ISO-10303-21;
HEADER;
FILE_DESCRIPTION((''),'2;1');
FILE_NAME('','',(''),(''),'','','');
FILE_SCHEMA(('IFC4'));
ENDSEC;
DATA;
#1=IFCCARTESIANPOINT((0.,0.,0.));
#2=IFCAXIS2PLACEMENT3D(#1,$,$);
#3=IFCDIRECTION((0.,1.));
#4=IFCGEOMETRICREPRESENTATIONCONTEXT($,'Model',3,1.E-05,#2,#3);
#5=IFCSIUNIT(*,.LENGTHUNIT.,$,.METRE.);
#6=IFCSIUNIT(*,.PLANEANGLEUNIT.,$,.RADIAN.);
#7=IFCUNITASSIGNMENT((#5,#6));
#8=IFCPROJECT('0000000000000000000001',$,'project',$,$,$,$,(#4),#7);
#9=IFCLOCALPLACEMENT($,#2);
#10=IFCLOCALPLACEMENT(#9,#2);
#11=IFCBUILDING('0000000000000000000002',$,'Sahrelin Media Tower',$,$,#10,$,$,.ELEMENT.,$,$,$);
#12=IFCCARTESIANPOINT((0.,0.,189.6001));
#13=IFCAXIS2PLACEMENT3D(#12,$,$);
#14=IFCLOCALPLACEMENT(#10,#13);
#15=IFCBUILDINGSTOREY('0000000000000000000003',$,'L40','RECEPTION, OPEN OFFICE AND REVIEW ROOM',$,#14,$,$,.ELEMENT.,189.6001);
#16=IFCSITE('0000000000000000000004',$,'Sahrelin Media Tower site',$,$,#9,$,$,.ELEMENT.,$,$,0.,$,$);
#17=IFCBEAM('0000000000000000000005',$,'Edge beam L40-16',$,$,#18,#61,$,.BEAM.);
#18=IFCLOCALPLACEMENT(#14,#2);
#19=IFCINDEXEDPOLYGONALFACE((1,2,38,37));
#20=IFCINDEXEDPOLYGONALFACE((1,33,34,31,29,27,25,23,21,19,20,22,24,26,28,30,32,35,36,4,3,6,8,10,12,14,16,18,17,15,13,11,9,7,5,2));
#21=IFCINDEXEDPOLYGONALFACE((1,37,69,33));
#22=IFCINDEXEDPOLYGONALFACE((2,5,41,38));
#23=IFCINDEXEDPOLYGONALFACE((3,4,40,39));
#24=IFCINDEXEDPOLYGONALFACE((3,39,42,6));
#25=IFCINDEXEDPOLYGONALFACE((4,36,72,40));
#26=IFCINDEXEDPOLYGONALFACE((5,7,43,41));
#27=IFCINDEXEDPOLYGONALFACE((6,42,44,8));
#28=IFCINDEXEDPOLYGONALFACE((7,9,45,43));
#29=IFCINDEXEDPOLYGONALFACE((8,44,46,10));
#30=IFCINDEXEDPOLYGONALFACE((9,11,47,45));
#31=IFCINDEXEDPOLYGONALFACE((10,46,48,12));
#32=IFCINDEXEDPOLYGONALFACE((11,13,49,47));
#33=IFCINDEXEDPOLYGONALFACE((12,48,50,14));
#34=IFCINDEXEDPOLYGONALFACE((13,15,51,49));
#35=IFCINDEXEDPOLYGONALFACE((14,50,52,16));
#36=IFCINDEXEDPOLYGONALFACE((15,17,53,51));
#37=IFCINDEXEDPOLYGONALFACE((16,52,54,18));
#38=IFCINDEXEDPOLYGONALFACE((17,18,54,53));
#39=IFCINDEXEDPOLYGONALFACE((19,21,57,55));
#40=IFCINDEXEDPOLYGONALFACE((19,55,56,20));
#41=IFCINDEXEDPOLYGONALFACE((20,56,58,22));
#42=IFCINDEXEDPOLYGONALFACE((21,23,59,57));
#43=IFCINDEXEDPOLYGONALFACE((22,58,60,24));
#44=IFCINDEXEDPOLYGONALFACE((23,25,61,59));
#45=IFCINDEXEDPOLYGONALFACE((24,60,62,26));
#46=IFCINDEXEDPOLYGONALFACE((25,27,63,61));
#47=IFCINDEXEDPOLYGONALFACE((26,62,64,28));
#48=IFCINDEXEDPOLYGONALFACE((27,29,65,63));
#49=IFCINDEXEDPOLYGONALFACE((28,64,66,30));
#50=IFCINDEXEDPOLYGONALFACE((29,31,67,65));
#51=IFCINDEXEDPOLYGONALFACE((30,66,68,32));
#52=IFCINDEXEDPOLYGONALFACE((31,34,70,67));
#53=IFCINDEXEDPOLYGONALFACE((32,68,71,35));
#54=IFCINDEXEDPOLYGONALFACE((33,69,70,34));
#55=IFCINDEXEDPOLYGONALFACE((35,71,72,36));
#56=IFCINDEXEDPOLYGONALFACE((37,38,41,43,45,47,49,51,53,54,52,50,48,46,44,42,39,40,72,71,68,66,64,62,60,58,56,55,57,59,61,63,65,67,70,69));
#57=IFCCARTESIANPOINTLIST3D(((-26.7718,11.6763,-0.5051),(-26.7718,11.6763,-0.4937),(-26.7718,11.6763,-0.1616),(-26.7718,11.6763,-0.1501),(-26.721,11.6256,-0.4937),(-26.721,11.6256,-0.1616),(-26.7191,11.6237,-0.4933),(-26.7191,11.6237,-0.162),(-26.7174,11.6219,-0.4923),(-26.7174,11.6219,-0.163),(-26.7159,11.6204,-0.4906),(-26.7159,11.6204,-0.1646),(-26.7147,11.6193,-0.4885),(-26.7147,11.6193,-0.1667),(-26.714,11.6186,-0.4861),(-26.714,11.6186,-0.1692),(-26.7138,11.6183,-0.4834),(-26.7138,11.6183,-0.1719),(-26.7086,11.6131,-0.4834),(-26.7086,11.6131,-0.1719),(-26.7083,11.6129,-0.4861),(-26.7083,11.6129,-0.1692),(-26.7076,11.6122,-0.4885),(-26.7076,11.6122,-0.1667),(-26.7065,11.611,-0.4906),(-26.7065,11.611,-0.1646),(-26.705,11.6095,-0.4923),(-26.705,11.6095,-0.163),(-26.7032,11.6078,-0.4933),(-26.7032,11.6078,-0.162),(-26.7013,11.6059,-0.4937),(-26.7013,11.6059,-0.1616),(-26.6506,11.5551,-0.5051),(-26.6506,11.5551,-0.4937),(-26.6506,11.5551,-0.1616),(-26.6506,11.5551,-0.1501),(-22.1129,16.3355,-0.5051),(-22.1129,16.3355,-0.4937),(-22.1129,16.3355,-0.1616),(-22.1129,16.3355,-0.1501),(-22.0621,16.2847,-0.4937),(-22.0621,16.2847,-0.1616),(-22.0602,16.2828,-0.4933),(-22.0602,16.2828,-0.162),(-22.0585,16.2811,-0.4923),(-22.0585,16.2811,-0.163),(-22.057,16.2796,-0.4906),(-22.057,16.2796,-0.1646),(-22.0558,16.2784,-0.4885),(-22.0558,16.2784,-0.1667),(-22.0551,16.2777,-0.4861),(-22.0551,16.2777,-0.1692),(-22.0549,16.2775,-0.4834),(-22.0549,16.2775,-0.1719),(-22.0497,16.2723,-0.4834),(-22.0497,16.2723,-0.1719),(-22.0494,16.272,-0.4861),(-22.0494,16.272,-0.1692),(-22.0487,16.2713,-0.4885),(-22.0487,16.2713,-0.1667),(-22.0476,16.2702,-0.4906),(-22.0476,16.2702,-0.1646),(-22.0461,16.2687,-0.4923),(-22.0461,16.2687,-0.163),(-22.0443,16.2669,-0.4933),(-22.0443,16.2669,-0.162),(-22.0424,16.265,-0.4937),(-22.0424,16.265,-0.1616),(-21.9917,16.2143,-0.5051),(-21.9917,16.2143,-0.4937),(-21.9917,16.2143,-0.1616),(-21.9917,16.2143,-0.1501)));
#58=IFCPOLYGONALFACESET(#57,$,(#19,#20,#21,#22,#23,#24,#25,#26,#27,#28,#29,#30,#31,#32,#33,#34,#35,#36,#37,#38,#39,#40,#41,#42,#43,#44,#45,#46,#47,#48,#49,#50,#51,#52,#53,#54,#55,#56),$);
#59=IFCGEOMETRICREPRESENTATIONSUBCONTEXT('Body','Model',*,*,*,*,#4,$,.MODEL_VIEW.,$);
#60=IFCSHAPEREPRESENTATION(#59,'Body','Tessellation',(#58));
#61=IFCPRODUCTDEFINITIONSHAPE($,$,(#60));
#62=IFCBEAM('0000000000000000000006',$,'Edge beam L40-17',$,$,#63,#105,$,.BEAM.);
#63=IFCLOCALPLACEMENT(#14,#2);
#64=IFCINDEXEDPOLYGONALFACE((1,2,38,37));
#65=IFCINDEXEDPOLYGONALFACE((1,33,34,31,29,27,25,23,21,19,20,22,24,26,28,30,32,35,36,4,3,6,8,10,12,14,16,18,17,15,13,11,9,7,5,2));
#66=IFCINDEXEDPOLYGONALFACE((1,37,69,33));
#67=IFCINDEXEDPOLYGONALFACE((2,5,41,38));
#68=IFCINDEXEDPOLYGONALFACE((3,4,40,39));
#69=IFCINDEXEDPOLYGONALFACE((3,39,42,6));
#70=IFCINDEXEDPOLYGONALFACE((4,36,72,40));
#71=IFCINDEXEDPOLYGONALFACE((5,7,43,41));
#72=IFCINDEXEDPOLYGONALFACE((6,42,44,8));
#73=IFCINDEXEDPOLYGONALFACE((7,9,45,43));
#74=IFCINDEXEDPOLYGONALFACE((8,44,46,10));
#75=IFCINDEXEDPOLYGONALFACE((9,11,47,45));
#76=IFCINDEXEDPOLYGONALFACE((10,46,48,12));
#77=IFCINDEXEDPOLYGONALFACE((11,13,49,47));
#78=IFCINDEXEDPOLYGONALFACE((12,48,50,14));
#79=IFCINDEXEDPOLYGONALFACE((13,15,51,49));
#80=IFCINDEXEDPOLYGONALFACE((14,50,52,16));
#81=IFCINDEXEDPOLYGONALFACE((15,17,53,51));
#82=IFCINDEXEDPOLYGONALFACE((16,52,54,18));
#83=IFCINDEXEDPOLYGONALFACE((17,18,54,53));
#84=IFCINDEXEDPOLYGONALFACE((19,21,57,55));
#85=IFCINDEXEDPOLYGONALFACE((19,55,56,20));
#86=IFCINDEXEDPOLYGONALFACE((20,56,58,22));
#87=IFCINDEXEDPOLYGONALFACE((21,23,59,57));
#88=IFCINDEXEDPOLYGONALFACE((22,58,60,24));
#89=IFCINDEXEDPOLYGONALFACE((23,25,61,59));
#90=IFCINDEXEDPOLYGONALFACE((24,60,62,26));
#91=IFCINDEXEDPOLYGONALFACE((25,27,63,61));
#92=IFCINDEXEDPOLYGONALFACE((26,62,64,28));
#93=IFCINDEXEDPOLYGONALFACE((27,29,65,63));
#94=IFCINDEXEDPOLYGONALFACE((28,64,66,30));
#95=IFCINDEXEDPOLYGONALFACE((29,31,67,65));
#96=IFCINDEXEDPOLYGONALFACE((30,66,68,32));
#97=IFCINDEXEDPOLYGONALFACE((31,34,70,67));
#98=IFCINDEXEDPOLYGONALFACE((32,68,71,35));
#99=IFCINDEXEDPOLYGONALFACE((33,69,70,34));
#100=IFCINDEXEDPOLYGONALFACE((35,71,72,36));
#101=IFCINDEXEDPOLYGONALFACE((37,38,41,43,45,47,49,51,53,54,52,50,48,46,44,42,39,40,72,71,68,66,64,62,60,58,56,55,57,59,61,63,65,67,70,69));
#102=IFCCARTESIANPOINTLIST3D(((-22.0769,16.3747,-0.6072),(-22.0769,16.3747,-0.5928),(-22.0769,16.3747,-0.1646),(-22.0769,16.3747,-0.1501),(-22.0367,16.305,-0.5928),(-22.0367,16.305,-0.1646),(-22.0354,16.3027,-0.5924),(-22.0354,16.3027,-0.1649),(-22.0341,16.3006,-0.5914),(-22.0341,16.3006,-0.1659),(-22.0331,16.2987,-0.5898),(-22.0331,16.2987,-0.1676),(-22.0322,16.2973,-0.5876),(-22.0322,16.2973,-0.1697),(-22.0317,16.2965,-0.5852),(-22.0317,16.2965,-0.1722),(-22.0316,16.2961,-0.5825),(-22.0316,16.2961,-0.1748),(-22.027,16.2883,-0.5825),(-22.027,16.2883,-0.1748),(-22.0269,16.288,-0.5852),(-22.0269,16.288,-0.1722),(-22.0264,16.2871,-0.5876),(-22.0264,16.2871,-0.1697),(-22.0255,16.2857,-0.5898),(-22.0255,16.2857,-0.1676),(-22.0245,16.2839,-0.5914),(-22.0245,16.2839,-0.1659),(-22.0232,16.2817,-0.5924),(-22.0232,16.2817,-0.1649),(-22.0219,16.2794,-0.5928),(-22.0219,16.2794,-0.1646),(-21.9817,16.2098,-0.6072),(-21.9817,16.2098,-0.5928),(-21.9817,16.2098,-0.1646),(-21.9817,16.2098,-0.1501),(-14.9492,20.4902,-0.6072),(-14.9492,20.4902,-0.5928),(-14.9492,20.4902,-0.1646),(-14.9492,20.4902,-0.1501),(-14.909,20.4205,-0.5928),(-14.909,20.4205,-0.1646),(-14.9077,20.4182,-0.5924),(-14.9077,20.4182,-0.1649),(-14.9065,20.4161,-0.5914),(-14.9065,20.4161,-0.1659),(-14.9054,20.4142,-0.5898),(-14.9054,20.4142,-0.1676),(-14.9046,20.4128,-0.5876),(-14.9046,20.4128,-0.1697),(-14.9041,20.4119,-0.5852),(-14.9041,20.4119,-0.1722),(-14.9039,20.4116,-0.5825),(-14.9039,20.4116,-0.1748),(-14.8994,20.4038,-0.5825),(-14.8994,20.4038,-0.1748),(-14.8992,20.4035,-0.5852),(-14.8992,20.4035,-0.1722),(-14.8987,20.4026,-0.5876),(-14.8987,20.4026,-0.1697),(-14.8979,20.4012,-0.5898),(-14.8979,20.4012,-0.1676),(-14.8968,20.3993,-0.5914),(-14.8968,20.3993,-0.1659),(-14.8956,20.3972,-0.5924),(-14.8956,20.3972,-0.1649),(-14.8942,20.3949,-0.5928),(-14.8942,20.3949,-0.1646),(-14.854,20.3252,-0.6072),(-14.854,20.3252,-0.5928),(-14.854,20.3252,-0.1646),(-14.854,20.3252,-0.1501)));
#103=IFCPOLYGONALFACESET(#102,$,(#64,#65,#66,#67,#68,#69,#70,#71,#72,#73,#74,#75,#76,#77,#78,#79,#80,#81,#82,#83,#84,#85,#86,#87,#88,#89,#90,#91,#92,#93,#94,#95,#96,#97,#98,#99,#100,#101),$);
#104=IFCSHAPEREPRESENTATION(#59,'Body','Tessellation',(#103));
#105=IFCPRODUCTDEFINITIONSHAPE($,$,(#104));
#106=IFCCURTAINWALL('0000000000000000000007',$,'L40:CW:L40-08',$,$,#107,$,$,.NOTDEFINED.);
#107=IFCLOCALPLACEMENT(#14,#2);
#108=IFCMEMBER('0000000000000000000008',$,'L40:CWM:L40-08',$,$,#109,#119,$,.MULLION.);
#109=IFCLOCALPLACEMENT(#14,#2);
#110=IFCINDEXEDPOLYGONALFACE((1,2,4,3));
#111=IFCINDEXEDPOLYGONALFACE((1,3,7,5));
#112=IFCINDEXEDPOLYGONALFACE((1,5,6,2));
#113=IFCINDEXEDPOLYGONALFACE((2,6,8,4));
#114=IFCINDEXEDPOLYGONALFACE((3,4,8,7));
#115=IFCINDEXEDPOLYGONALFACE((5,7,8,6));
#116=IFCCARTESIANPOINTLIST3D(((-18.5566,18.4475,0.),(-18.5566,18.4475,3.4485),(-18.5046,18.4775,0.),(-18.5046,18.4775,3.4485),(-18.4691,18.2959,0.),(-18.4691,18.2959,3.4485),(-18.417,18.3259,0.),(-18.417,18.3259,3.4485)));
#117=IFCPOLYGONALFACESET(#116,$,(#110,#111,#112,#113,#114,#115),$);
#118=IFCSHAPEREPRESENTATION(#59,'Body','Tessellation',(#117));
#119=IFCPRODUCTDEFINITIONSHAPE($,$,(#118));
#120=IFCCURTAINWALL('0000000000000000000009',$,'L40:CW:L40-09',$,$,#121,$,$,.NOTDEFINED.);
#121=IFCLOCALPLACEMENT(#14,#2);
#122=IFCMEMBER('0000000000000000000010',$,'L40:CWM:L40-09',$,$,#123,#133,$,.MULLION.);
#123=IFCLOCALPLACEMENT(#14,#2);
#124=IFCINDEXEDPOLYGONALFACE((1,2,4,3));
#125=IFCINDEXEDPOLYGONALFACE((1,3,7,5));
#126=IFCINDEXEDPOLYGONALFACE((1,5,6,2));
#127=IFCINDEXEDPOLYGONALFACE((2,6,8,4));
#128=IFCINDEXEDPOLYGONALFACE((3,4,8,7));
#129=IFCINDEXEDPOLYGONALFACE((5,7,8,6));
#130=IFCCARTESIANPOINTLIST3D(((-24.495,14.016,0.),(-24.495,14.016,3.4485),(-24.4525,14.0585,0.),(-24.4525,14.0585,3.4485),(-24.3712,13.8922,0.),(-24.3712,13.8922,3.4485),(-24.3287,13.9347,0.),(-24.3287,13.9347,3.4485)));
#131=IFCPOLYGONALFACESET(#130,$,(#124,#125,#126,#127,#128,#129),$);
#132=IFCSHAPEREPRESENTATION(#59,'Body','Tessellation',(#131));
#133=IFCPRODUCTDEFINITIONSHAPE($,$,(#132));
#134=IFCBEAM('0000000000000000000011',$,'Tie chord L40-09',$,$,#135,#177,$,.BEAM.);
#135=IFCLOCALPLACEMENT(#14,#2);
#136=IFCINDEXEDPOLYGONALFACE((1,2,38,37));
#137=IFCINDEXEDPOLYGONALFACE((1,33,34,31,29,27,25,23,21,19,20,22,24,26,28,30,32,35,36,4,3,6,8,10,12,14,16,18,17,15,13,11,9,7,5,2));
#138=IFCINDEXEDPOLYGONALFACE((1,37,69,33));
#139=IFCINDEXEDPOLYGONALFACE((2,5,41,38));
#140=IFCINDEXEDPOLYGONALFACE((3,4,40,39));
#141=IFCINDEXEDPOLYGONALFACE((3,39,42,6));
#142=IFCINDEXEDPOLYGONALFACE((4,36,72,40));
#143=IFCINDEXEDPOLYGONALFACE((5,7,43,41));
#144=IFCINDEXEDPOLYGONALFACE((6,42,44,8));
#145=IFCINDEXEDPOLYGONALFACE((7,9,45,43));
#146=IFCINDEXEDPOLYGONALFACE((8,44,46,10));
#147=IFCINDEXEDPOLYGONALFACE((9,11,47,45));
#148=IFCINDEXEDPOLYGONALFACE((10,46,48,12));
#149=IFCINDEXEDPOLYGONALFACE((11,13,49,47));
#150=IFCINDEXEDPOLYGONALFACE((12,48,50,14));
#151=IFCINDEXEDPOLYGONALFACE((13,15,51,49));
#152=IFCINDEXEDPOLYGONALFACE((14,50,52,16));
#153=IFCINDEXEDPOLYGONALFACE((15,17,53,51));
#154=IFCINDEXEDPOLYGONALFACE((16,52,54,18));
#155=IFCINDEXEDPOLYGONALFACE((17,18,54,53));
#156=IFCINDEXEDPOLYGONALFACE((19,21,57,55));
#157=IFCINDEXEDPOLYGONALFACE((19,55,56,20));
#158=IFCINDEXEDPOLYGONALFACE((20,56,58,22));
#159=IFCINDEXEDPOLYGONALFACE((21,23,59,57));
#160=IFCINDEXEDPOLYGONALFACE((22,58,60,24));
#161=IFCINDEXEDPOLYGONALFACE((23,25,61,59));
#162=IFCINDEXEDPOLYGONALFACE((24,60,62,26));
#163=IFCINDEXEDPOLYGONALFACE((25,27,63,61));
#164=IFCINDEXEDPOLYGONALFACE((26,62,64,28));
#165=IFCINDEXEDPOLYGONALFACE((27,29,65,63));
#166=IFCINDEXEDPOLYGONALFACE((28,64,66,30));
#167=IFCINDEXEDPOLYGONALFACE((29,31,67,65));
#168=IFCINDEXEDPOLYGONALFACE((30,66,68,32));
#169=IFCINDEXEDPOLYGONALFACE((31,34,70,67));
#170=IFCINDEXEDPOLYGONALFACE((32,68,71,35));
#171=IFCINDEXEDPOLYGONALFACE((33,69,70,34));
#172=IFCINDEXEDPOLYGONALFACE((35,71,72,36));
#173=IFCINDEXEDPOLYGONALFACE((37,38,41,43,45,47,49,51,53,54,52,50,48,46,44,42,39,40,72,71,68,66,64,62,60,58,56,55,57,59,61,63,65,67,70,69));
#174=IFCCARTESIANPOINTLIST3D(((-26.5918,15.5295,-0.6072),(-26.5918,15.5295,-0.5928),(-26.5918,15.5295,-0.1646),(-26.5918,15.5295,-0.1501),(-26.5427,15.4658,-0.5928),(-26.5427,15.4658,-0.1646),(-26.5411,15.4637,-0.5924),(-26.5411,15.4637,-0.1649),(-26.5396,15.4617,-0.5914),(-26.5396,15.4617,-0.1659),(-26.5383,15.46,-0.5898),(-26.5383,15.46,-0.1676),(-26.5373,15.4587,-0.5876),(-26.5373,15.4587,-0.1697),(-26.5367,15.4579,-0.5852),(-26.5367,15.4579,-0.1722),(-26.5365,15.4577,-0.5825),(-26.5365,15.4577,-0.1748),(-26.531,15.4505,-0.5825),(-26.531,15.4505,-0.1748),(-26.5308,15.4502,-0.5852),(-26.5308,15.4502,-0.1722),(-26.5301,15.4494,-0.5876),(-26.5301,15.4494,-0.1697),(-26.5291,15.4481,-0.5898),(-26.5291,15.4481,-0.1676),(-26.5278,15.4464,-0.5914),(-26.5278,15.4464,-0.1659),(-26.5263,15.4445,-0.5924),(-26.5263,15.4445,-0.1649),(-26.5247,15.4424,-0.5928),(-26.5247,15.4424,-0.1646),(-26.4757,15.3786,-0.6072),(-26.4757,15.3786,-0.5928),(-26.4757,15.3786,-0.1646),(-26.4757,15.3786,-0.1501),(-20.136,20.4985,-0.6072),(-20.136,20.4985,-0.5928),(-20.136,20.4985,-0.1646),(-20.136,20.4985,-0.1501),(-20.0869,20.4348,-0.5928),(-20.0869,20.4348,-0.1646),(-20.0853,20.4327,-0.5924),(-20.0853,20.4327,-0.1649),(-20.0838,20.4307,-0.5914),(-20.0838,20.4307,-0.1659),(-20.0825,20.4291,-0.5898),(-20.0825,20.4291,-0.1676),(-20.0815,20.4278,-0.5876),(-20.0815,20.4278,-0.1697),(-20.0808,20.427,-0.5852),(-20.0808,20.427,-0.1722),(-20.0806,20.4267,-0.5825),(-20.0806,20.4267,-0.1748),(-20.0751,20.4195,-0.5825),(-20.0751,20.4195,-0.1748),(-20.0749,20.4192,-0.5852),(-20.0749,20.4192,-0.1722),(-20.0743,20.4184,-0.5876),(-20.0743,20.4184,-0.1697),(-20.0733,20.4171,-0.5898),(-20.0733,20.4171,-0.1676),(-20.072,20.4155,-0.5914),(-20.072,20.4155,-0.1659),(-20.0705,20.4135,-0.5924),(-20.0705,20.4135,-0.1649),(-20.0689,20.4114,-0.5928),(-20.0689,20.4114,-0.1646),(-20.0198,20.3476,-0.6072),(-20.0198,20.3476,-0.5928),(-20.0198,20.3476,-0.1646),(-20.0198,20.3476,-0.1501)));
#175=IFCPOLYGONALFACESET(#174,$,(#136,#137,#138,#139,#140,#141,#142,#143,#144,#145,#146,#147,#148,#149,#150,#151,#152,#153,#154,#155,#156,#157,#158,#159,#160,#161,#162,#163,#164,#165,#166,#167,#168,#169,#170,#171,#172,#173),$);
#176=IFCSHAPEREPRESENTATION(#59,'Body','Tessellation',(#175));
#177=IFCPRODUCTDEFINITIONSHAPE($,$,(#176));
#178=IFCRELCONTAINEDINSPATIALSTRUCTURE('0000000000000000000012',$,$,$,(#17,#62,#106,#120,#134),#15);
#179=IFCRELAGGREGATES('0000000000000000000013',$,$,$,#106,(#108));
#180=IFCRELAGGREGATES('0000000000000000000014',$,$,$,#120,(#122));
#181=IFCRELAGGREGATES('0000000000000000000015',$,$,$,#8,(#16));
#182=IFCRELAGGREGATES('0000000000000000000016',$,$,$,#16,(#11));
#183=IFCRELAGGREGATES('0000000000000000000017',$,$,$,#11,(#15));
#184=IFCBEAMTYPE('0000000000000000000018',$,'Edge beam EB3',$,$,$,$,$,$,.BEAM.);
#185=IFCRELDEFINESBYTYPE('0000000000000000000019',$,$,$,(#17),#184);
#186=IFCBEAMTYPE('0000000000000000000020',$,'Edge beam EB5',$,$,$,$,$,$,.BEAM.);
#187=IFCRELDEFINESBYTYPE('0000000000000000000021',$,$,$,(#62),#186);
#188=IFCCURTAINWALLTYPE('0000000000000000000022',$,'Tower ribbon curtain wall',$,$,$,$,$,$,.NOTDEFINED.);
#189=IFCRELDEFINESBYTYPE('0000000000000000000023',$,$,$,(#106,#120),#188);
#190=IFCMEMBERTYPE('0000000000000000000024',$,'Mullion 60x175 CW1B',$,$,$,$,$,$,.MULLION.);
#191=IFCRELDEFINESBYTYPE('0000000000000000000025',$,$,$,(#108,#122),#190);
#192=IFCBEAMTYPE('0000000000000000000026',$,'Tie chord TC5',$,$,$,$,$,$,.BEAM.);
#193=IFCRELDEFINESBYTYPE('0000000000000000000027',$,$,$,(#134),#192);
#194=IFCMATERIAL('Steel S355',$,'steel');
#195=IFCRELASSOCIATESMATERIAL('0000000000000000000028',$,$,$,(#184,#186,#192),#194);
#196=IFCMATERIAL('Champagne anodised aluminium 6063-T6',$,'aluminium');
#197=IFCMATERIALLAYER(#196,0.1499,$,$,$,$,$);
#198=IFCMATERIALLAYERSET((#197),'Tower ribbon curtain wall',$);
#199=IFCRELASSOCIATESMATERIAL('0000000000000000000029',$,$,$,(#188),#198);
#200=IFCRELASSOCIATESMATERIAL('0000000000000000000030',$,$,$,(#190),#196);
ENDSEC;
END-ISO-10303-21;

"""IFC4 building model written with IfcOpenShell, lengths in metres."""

from ifc_helpers import new_model, si_unit, direction, frame, origin, origin_2d, place, context, subcontext, project, spatial, rectangle, i_section, extrude, material, layer, layer_set, material_profile, profile_set, type_object, element, aggregate, save


model = new_model("IFC4")

# Units and contexts
model_context = context("Model", 3, precision=1e-05, world=origin(), true_north=direction((0.0, 1.0)))
body_context = subcontext(model_context, "Body", "Model", "MODEL_VIEW")
ifc_project = project(units=[si_unit("LENGTHUNIT", "METRE"), si_unit("PLANEANGLEUNIT", "RADIAN")], contexts=[model_context])

# Site, building, storey
site_placement = place(None, origin())
site = spatial("IfcSite", under=ifc_project, at=site_placement, Name="Sahrelin Media Tower site", CompositionType="ELEMENT", RefElevation=0.0)
building_placement = place(site_placement, origin())
building = spatial("IfcBuilding", under=site, at=building_placement, Name="Sahrelin Media Tower", CompositionType="ELEMENT")
storey_placement = place(building_placement, frame((0.0, 0.0, 189.6001)))
storey = spatial("IfcBuildingStorey", under=building, at=storey_placement, Name="L40", Description="RECEPTION, OPEN OFFICE AND REVIEW ROOM", CompositionType="ELEMENT", Elevation=189.6001)

# Beams
ifc_material_1 = material(Name="Steel S355", Category="steel")
ifc_material_profile_1 = material_profile(ifc_material_1, i_section(OverallWidth=0.1714, OverallDepth=0.355, WebThickness=0.0073, FlangeThickness=0.0115, FilletRadius=0.0103, at=origin_2d()), Name="UB 356x171x51")
ifc_profile_set_1 = profile_set([ifc_material_profile_1], Name="Steel S355")
beam_type_1 = type_object("IfcBeamType", Name="Edge beam EB3", PredefinedType="BEAM", material=ifc_profile_set_1)
beam_1_placement = place(storey_placement, frame((-26.7112, 11.6157, -0.3276), z_axis=(0.707088, 0.707125, 0.0), x_axis=(-0.707125, 0.707088, 0.0)))
element("IfcBeam", 1, at=beam_1_placement, inside=storey, type_object=beam_type_1, Name="Edge beam L40-16", PredefinedType="BEAM", context=body_context, shape_type="SweptSolid", body=[
    extrude(i_section(OverallWidth=0.1714, OverallDepth=0.355, WebThickness=0.0073, FlangeThickness=0.0115, FilletRadius=0.0103, at=origin_2d()), origin(), (0.0, 0.0, 1.0), 6.5889),
])
ifc_material_profile_2 = material_profile(ifc_material_1, i_section(OverallWidth=0.1904, OverallDepth=0.457, WebThickness=0.009, FlangeThickness=0.0144, FilletRadius=0.0103, at=origin_2d()), Name="UB 457x191x74")
ifc_profile_set_2 = profile_set([ifc_material_profile_2], Name="Steel S355")
beam_type_2 = type_object("IfcBeamType", Name="Edge beam EB5", PredefinedType="BEAM", material=ifc_profile_set_2)
beam_2_placement = place(storey_placement, frame((-22.0293, 16.2922, -0.3787), z_axis=(0.866009, 0.500028, 0.0), x_axis=(-0.500028, 0.866009, 0.0)))
element("IfcBeam", 2, at=beam_2_placement, inside=storey, type_object=beam_type_2, Name="Edge beam L40-17", PredefinedType="BEAM", context=body_context, shape_type="SweptSolid", body=[
    extrude(i_section(OverallWidth=0.1904, OverallDepth=0.457, WebThickness=0.009, FlangeThickness=0.0144, FilletRadius=0.0103, at=origin_2d()), origin(), (0.0, 0.0, 1.0), 8.2305),
])

# Curtain walls, members
ifc_material_2 = material(Name="Champagne anodised aluminium 6063-T6", Category="aluminium")
ifc_layer_1 = layer(ifc_material_2, 0.1499)
ifc_layer_set_1 = layer_set([ifc_layer_1], Name="Tower ribbon curtain wall")
curtain_wall_type = type_object("IfcCurtainWallType", Name="Tower ribbon curtain wall", PredefinedType="NOTDEFINED", material=ifc_layer_set_1)
curtain_wall_1_placement = place(storey_placement, frame((-18.5405, 18.48, 0.0), z_axis=(0.0, 0.0, 1.0), x_axis=(1.0, 0.0, 0.0)))
curtain_wall_1 = element("IfcCurtainWall", 3, at=curtain_wall_1_placement, inside=storey, type_object=curtain_wall_type, Name="L40:CW:L40-08", PredefinedType="NOTDEFINED")
ifc_material_profile_3 = material_profile(ifc_material_2, rectangle(XDim=0.0601, YDim=0.175, at=origin_2d()), Name="Mullion 60x175")
ifc_profile_set_3 = profile_set([ifc_material_profile_3], Name="Champagne anodised aluminium 6063-T6")
member_type_1 = type_object("IfcMemberType", Name="Mullion 60x175 CW1B", PredefinedType="MULLION", material=ifc_profile_set_3)
member_1_placement = place(storey_placement, frame((-18.4868, 18.3867, 0.0), z_axis=(0.0, 0.0, 1.0), x_axis=(-0.866024, -0.500003, 0.0)))
member_1 = element("IfcMember", 4, at=member_1_placement, type_object=member_type_1, Name="L40:CWM:L40-08", PredefinedType="MULLION", context=body_context, shape_type="SweptSolid", body=[
    extrude(rectangle(XDim=0.0601, YDim=0.175, at=origin_2d()), origin(), (0.0, 0.0, 1.0), 3.4485),
])
curtain_wall_2_placement = place(storey_placement, frame((-24.4878, 14.0513, 0.0), z_axis=(0.0, 0.0, 1.0), x_axis=(1.0, 0.0, 0.0)))
curtain_wall_2 = element("IfcCurtainWall", 5, at=curtain_wall_2_placement, inside=storey, type_object=curtain_wall_type, Name="L40:CW:L40-09", PredefinedType="NOTDEFINED")
member_2_placement = place(storey_placement, frame((-24.4119, 13.9753, 0.0), z_axis=(0.0, 0.0, 1.0), x_axis=(-0.707107, -0.707107, 0.0)))
member_2 = element("IfcMember", 6, at=member_2_placement, type_object=member_type_1, Name="L40:CWM:L40-09", PredefinedType="MULLION", context=body_context, shape_type="SweptSolid", body=[
    extrude(rectangle(XDim=0.0601, YDim=0.175, at=origin_2d()), origin(), (0.0, 0.0, 1.0), 3.4485),
])

# Beam
ifc_material_profile_4 = material_profile(ifc_material_1, i_section(OverallWidth=0.1904, OverallDepth=0.457, WebThickness=0.009, FlangeThickness=0.0144, FilletRadius=0.0103, at=origin_2d()), Name="UB 457x191x74")
ifc_profile_set_4 = profile_set([ifc_material_profile_4], Name="Steel S355")
beam_type_3 = type_object("IfcBeamType", Name="Tie chord TC5", PredefinedType="BEAM", material=ifc_profile_set_4)
beam_3_placement = place(storey_placement, frame((-20.0779, 20.4231, -0.3787), z_axis=(-0.792447, -0.609941, 0.0), x_axis=(0.609941, -0.792447, 0.0)))
element("IfcBeam", 7, at=beam_3_placement, inside=storey, type_object=beam_type_3, Name="Tie chord L40-09", PredefinedType="BEAM", context=body_context, shape_type="SweptSolid", body=[
    extrude(i_section(OverallWidth=0.1904, OverallDepth=0.457, WebThickness=0.009, FlangeThickness=0.0144, FilletRadius=0.0103, at=origin_2d()), origin(), (0.0, 0.0, 1.0), 8.1467),
])

aggregate(curtain_wall_1, [member_1])
aggregate(curtain_wall_2, [member_2])

save(model, "model.ifc")
